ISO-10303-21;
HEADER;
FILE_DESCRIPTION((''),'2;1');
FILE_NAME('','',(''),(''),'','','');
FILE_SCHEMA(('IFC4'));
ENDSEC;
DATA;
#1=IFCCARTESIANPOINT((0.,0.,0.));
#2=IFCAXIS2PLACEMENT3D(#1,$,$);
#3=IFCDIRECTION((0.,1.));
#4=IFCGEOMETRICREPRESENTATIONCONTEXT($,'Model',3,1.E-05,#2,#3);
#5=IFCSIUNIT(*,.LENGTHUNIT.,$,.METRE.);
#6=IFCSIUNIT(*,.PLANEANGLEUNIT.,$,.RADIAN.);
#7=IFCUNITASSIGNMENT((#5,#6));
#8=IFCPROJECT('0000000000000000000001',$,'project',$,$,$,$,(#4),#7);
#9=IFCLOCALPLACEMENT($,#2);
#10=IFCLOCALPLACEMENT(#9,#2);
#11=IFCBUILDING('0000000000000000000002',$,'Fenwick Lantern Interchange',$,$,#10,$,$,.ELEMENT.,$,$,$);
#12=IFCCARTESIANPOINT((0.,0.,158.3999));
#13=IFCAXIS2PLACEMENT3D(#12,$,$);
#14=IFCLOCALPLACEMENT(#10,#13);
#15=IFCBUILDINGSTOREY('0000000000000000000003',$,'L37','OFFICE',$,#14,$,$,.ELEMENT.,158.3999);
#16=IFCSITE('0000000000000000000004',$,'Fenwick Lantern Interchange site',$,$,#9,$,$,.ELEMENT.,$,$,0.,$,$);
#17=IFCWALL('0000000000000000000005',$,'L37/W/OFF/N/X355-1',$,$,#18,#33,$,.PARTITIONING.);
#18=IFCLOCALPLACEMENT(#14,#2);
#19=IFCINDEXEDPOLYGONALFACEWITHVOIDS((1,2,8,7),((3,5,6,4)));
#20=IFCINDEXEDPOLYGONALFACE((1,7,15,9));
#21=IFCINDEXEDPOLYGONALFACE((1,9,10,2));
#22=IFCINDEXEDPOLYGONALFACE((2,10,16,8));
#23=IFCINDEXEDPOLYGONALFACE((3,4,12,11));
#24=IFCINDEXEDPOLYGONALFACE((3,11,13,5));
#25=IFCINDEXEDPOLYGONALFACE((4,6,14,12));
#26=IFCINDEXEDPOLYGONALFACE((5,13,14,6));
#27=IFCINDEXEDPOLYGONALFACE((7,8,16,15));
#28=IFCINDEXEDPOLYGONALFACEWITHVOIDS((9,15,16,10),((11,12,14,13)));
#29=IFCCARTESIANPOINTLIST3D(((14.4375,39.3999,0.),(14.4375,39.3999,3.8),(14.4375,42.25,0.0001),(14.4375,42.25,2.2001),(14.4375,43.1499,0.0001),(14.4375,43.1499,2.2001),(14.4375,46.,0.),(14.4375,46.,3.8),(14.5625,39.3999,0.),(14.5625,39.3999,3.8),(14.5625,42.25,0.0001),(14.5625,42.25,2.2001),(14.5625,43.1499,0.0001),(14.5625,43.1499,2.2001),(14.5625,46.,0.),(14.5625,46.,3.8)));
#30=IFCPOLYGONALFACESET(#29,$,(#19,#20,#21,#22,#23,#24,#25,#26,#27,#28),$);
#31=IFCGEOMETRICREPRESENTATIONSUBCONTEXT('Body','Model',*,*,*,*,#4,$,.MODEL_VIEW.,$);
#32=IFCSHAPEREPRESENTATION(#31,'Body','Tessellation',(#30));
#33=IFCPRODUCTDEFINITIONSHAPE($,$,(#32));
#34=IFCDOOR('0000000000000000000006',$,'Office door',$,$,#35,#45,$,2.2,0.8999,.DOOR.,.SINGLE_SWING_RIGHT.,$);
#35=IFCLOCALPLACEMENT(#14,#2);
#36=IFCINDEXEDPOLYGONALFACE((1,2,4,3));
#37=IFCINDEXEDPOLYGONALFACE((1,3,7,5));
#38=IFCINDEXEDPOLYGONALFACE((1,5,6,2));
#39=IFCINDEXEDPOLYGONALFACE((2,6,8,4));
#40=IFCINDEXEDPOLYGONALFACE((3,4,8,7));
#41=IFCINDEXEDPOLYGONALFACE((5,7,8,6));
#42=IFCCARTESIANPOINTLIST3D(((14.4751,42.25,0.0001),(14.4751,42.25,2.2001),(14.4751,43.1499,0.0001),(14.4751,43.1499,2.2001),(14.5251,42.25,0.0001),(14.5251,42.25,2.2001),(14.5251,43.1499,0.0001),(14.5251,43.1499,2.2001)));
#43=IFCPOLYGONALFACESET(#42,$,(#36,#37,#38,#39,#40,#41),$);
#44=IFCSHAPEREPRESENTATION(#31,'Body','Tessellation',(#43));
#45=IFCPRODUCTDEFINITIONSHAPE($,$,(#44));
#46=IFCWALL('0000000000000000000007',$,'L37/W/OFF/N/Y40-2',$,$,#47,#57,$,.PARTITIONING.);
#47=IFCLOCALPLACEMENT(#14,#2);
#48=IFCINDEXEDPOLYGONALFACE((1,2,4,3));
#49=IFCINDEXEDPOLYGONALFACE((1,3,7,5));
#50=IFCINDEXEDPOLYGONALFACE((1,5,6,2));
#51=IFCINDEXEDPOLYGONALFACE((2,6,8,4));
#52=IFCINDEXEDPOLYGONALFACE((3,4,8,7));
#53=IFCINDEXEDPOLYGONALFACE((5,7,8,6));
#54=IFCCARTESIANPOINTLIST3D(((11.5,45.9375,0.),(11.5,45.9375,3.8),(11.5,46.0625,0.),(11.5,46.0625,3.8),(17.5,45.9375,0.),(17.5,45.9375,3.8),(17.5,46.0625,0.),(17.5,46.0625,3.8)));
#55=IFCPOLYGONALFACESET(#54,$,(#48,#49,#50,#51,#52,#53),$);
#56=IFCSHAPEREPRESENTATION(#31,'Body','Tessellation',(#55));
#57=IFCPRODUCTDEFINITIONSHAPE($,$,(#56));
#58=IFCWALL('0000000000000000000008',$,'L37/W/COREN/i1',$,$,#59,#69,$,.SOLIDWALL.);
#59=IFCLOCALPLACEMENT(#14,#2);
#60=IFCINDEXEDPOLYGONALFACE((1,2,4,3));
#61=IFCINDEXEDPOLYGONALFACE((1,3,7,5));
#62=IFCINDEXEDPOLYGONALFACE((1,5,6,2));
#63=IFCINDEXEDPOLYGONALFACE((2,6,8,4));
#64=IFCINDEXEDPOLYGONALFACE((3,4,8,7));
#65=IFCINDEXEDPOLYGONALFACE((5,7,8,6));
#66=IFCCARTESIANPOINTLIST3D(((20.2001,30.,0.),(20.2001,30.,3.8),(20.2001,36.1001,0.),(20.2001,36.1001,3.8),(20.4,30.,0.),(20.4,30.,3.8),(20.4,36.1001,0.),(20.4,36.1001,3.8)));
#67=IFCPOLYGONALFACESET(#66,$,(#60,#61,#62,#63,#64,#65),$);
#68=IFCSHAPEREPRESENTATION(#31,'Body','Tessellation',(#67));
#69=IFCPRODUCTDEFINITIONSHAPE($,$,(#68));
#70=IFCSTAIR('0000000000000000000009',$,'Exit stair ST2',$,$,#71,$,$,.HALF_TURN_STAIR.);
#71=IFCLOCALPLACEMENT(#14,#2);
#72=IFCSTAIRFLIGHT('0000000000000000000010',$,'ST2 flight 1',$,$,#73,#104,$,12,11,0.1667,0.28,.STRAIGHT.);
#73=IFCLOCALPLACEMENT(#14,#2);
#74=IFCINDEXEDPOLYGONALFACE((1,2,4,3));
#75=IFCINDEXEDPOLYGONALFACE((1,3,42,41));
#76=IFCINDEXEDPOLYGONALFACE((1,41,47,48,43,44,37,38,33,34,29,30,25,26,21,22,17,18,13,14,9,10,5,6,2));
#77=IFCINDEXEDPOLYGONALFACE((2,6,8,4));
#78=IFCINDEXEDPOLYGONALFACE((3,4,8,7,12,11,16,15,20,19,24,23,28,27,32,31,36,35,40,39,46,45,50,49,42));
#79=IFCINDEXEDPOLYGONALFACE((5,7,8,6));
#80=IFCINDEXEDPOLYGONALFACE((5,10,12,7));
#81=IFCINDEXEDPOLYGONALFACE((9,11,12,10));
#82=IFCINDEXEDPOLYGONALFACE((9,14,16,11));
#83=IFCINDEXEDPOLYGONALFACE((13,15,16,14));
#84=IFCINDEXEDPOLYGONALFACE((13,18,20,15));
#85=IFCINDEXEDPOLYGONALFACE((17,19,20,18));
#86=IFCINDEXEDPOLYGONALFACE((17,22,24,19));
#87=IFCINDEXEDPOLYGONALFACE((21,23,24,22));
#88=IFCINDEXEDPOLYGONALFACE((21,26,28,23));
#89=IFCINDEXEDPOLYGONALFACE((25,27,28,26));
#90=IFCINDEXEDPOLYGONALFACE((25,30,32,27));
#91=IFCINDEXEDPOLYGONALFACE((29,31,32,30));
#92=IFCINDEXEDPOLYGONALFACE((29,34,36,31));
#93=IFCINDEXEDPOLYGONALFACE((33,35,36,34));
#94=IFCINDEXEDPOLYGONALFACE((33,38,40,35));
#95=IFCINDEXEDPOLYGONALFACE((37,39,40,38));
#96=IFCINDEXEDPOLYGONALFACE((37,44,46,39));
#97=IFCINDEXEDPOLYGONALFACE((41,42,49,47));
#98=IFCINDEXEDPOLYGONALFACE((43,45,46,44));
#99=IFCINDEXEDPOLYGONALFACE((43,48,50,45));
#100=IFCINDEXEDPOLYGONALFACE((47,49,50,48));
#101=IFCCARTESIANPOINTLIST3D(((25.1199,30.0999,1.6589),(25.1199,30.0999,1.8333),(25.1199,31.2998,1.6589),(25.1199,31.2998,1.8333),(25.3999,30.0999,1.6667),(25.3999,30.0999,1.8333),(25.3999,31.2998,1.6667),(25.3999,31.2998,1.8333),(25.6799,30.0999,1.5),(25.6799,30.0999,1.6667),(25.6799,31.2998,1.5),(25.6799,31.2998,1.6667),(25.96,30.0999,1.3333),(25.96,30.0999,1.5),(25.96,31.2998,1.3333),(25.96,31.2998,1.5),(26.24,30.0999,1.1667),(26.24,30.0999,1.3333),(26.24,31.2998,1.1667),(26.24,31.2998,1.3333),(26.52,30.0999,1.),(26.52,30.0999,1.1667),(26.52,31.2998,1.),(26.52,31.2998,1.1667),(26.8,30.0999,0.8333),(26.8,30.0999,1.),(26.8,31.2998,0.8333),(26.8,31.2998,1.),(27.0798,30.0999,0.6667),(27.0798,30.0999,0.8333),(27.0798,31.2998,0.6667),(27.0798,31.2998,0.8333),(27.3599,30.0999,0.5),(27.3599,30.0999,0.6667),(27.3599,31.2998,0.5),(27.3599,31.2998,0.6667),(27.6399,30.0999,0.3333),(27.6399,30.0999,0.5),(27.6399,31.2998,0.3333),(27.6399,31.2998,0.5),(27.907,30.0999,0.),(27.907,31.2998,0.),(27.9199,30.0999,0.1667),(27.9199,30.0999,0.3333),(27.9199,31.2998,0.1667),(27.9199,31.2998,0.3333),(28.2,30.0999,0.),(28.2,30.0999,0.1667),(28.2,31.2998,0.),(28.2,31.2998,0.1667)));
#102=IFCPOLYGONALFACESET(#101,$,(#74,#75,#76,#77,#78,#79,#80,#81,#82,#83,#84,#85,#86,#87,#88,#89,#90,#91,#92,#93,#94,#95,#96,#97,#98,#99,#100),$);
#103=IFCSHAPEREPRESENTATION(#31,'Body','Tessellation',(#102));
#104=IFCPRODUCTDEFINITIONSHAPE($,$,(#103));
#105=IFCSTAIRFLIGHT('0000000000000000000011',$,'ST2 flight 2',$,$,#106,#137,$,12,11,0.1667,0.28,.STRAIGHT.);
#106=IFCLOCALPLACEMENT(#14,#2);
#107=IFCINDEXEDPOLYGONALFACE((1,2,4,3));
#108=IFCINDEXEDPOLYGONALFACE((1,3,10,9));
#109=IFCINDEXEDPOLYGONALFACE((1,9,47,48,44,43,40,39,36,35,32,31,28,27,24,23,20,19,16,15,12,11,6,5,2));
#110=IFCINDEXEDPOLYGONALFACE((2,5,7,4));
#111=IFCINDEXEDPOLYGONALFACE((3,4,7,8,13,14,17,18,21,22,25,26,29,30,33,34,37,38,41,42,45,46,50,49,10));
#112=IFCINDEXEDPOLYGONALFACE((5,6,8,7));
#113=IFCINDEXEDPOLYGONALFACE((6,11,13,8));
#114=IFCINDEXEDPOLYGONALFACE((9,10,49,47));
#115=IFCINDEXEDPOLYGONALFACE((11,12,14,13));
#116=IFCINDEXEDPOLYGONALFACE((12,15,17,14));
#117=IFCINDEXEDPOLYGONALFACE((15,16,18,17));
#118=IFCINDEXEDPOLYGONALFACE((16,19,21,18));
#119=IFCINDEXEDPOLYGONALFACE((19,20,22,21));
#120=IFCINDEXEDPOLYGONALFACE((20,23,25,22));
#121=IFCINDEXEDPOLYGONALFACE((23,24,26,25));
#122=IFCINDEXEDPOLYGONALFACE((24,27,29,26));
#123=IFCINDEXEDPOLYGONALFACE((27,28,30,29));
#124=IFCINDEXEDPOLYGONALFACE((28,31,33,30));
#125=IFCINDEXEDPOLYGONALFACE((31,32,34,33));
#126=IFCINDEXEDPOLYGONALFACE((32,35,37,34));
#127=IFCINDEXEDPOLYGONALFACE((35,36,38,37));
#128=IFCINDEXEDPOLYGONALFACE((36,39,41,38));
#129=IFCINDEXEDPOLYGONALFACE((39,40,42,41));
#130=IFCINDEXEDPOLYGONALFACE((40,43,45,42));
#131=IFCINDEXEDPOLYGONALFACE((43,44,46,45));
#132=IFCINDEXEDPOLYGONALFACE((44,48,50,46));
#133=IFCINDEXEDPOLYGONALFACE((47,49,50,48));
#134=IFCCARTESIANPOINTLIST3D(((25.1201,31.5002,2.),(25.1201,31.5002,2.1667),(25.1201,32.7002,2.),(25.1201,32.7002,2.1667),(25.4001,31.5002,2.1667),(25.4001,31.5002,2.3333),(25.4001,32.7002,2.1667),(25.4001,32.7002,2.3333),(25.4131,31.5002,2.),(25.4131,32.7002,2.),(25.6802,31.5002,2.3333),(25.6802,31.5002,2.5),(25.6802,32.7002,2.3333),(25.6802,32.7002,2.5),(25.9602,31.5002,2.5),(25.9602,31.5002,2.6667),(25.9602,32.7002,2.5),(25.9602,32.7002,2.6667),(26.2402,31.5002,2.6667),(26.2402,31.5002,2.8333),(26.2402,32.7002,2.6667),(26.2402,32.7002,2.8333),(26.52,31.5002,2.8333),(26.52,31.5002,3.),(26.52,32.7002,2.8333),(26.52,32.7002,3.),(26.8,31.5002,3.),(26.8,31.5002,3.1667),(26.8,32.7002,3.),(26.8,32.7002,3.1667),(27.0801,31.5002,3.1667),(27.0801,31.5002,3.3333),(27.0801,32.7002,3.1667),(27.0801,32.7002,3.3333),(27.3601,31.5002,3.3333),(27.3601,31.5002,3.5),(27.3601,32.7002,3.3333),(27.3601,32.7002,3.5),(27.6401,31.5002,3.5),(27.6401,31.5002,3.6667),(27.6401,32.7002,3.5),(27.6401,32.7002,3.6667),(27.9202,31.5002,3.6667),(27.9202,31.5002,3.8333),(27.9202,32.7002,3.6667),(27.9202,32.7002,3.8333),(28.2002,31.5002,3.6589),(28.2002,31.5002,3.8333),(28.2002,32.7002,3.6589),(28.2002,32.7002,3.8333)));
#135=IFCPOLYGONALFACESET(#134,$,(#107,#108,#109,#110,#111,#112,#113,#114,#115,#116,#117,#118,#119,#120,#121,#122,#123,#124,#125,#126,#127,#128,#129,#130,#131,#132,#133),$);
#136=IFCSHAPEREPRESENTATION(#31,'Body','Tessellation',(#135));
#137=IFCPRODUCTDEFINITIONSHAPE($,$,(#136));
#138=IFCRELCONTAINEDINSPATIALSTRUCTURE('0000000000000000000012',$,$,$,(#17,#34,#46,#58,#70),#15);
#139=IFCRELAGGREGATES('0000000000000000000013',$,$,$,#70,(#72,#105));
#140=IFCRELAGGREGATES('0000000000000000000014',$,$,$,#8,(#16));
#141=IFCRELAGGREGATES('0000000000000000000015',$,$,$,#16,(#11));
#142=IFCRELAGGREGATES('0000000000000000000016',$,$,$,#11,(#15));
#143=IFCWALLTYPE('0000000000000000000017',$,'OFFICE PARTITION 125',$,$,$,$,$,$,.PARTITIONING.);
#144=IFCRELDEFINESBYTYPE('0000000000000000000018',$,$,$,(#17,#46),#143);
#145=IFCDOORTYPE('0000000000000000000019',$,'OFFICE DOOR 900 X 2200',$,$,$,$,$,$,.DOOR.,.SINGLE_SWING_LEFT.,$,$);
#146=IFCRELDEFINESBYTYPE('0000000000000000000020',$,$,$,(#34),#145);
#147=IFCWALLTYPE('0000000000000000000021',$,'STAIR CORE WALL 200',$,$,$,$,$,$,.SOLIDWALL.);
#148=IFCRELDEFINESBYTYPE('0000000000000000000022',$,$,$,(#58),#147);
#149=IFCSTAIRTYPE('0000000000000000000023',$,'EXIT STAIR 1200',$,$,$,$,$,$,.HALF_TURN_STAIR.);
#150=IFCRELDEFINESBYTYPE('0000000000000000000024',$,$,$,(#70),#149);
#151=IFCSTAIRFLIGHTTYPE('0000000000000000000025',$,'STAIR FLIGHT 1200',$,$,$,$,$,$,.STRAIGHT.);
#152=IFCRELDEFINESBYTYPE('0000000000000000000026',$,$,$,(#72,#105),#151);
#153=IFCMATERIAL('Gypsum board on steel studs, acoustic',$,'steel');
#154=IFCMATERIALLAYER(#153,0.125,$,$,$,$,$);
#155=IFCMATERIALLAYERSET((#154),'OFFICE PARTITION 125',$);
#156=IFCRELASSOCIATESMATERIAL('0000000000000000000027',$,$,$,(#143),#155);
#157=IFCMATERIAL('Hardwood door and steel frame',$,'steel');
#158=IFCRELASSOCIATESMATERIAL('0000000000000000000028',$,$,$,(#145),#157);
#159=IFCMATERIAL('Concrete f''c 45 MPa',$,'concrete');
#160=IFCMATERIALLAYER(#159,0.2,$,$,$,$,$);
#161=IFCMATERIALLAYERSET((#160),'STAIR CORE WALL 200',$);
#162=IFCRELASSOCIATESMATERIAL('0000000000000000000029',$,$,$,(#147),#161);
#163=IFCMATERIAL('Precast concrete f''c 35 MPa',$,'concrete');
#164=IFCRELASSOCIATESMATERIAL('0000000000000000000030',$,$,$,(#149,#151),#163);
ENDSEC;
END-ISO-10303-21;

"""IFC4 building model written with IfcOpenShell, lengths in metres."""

from ifc_helpers import new_model, si_unit, direction, frame, frame_2d, origin, place, context, subcontext, project, spatial, polyline, rectangle, outline, extrude, material, layer, layer_set, type_object, element, fill, aggregate, save


model = new_model("IFC4")

# Units and contexts
model_context = context("Model", 3, precision=1e-05, world=origin(), true_north=direction((0.0, 1.0)))
body_context = subcontext(model_context, "Body", "Model", "MODEL_VIEW")
ifc_project = project(units=[si_unit("LENGTHUNIT", "METRE"), si_unit("PLANEANGLEUNIT", "RADIAN")], contexts=[model_context])

# Site, building, storey
site_placement = place(None, origin())
site = spatial("IfcSite", under=ifc_project, at=site_placement, Name="Fenwick Lantern Interchange site", CompositionType="ELEMENT", RefElevation=0.0)
building_placement = place(site_placement, origin())
building = spatial("IfcBuilding", under=site, at=building_placement, Name="Fenwick Lantern Interchange", CompositionType="ELEMENT")
storey_placement = place(building_placement, frame((0.0, 0.0, 158.3999)))
storey = spatial("IfcBuildingStorey", under=building, at=storey_placement, Name="L37", Description="OFFICE", CompositionType="ELEMENT", Elevation=158.3999)

# Shared definitions
ifc_material_1 = material(Name="Hardwood door and steel frame", Category="steel")

# Wall, opening, door
ifc_material_2 = material(Name="Gypsum board on steel studs, acoustic", Category="steel")
ifc_layer_1 = layer(ifc_material_2, 0.125)
ifc_layer_set_1 = layer_set([ifc_layer_1], Name="OFFICE PARTITION 125")
wall_type_1 = type_object("IfcWallType", Name="OFFICE PARTITION 125", PredefinedType="PARTITIONING", material=ifc_layer_set_1)
door_type_1 = type_object("IfcDoorType", Name="OFFICE DOOR 900 X 2200", OperationType="SINGLE_SWING_LEFT", PredefinedType="DOOR", material=ifc_material_1)
wall_1_placement = place(storey_placement, frame((14.5, 46.0, 0.0), z_axis=(0.0, 0.0, 1.0), x_axis=(0.0, -1.0, 0.0)))
wall_1 = element("IfcWall", 1, at=wall_1_placement, inside=storey, type_object=wall_type_1, Name="L37/W/OFF/N/X355-1", PredefinedType="PARTITIONING", context=body_context, shape_type="SweptSolid", body=[
    extrude(rectangle(XDim=6.6001, YDim=0.125, at=frame_2d((3.3, 0.0))), origin(), (0.0, 0.0, 1.0), 3.8),
])
opening_1_placement = place(wall_1_placement, frame((2.8501, 0.0, 0.0)))
opening_1 = element("IfcOpeningElement", 2, at=opening_1_placement, cuts=wall_1, PredefinedType="OPENING", context=body_context, shape_type="SweptSolid", body=[
    extrude(rectangle(XDim=0.8999, YDim=2.2, at=frame_2d((0.45, 1.1001))), frame((0.0, 0.0725, 0.0), z_axis=(0.0, -1.0, 0.0), x_axis=(1.0, 0.0, 0.0)), (0.0, 0.0, 1.0), 0.145),
])
door_1_placement = place(opening_1_placement, frame((0.8999, 0.0, 0.0), z_axis=(0.0, 0.0, 1.0), x_axis=(-1.0, 0.0, 0.0)))
door_1 = element("IfcDoor", 3, at=door_1_placement, inside=storey, type_object=door_type_1, Name="Office door", OperationType="SINGLE_SWING_RIGHT", OverallHeight=2.2, OverallWidth=0.8999, PredefinedType="DOOR", context=body_context, shape_type="SweptSolid", body=[
    extrude(rectangle(XDim=0.8999, YDim=2.2, at=frame_2d((0.45, 1.1001))), frame((0.0, 0.0249, 0.0), z_axis=(0.0, -1.0, 0.0), x_axis=(1.0, 0.0, 0.0)), (0.0, 0.0, 1.0), 0.05),
])
fill(opening_1, door_1)

# Walls
wall_2_placement = place(storey_placement, frame((17.5, 46.0, 0.0), z_axis=(0.0, 0.0, 1.0), x_axis=(-1.0, 0.0, 0.0)))
element("IfcWall", 4, at=wall_2_placement, inside=storey, type_object=wall_type_1, Name="L37/W/OFF/N/Y40-2", PredefinedType="PARTITIONING", context=body_context, shape_type="SweptSolid", body=[
    extrude(rectangle(XDim=6.0, YDim=0.125, at=frame_2d((3.0, 0.0))), origin(), (0.0, 0.0, 1.0), 3.8),
])
ifc_material_3 = material(Name="Concrete f'c 45 MPa", Category="concrete")
ifc_layer_2 = layer(ifc_material_3, 0.2)
ifc_layer_set_2 = layer_set([ifc_layer_2], Name="STAIR CORE WALL 200")
wall_type_2 = type_object("IfcWallType", Name="STAIR CORE WALL 200", PredefinedType="SOLIDWALL", material=ifc_layer_set_2)
wall_3_placement = place(storey_placement, frame((20.3, 36.1001, 0.0), z_axis=(0.0, 0.0, 1.0), x_axis=(0.0, -1.0, 0.0)))
element("IfcWall", 5, at=wall_3_placement, inside=storey, type_object=wall_type_2, Name="L37/W/COREN/i1", PredefinedType="SOLIDWALL", context=body_context, shape_type="SweptSolid", body=[
    extrude(rectangle(XDim=6.1001, YDim=0.2, at=frame_2d((3.05, 0.0))), origin(), (0.0, 0.0, 1.0), 3.8),
])

# Stair, stair flights
ifc_material_4 = material(Name="Precast concrete f'c 35 MPa", Category="concrete")
stair_type = type_object("IfcStairType", Name="EXIT STAIR 1200", PredefinedType="HALF_TURN_STAIR", material=ifc_material_4)
stair_placement = place(storey_placement, origin())
stair = element("IfcStair", 6, at=stair_placement, inside=storey, type_object=stair_type, Name="Exit stair ST2", PredefinedType="HALF_TURN_STAIR")
stair_flight_type = type_object("IfcStairFlightType", Name="STAIR FLIGHT 1200", PredefinedType="STRAIGHT", material=ifc_material_4)
stair_flight_1_placement = place(storey_placement, frame((28.2, 30.7, 0.0), z_axis=(0.0, 0.0, 1.0), x_axis=(-1.0, 0.0, 0.0)))
stair_flight_1 = element("IfcStairFlight", 7, at=stair_flight_1_placement, type_object=stair_flight_type, Name="ST2 flight 1", NumberOfRisers=12, NumberOfTreads=11, PredefinedType="STRAIGHT", RiserHeight=0.1667, TreadLength=0.28, context=body_context, shape_type="SweptSolid", body=[
    extrude(outline(polyline([(0.0, 0.0), (0.0, 0.1667), (0.28, 0.1667), (0.28, 0.3333), (0.5601, 0.3333), (0.5601, 0.5), (0.8401, 0.5), (0.8401, 0.6667), (1.1201, 0.6667), (1.1201, 0.8333), (1.3999, 0.8333), (1.3999, 1.0), (1.6799, 1.0), (1.6799, 1.1667), (1.96, 1.1667), (1.96, 1.3333), (2.24, 1.3333), (2.24, 1.5), (2.52, 1.5), (2.52, 1.6667), (2.8, 1.6667), (2.8, 1.8333), (3.0801, 1.8333), (3.0801, 2.0), (3.0801, 1.6589), (0.293, 0.0), (0.0, 0.0)])), frame((0.0, 0.6001, 0.0), z_axis=(0.0, -1.0, 0.0), x_axis=(1.0, 0.0, 0.0)), (0.0, 0.0, 1.0), 1.2),
])
stair_flight_2_placement = place(storey_placement, frame((25.1201, 32.1001, 2.0), z_axis=(0.0, 0.0, 1.0), x_axis=(1.0, 0.0, 0.0)))
stair_flight_2 = element("IfcStairFlight", 8, at=stair_flight_2_placement, type_object=stair_flight_type, Name="ST2 flight 2", NumberOfRisers=12, NumberOfTreads=11, PredefinedType="STRAIGHT", RiserHeight=0.1667, TreadLength=0.28, context=body_context, shape_type="SweptSolid", body=[
    extrude(outline(polyline([(0.0, 0.0), (0.0, 0.1667), (0.28, 0.1667), (0.28, 0.3333), (0.5601, 0.3333), (0.5601, 0.5), (0.8401, 0.5), (0.8401, 0.6667), (1.1201, 0.6667), (1.1201, 0.8333), (1.3999, 0.8333), (1.3999, 1.0), (1.6799, 1.0), (1.6799, 1.1667), (1.96, 1.1667), (1.96, 1.3333), (2.24, 1.3333), (2.24, 1.5), (2.52, 1.5), (2.52, 1.6667), (2.8, 1.6667), (2.8, 1.8333), (3.0801, 1.8333), (3.0801, 2.0), (3.0801, 1.6589), (0.293, 0.0), (0.0, 0.0)])), frame((0.0, 0.6001, 0.0), z_axis=(0.0, -1.0, 0.0), x_axis=(1.0, 0.0, 0.0)), (0.0, 0.0, 1.0), 1.2),
])
aggregate(stair, [stair_flight_1, stair_flight_2])

save(model, "model.ifc")
